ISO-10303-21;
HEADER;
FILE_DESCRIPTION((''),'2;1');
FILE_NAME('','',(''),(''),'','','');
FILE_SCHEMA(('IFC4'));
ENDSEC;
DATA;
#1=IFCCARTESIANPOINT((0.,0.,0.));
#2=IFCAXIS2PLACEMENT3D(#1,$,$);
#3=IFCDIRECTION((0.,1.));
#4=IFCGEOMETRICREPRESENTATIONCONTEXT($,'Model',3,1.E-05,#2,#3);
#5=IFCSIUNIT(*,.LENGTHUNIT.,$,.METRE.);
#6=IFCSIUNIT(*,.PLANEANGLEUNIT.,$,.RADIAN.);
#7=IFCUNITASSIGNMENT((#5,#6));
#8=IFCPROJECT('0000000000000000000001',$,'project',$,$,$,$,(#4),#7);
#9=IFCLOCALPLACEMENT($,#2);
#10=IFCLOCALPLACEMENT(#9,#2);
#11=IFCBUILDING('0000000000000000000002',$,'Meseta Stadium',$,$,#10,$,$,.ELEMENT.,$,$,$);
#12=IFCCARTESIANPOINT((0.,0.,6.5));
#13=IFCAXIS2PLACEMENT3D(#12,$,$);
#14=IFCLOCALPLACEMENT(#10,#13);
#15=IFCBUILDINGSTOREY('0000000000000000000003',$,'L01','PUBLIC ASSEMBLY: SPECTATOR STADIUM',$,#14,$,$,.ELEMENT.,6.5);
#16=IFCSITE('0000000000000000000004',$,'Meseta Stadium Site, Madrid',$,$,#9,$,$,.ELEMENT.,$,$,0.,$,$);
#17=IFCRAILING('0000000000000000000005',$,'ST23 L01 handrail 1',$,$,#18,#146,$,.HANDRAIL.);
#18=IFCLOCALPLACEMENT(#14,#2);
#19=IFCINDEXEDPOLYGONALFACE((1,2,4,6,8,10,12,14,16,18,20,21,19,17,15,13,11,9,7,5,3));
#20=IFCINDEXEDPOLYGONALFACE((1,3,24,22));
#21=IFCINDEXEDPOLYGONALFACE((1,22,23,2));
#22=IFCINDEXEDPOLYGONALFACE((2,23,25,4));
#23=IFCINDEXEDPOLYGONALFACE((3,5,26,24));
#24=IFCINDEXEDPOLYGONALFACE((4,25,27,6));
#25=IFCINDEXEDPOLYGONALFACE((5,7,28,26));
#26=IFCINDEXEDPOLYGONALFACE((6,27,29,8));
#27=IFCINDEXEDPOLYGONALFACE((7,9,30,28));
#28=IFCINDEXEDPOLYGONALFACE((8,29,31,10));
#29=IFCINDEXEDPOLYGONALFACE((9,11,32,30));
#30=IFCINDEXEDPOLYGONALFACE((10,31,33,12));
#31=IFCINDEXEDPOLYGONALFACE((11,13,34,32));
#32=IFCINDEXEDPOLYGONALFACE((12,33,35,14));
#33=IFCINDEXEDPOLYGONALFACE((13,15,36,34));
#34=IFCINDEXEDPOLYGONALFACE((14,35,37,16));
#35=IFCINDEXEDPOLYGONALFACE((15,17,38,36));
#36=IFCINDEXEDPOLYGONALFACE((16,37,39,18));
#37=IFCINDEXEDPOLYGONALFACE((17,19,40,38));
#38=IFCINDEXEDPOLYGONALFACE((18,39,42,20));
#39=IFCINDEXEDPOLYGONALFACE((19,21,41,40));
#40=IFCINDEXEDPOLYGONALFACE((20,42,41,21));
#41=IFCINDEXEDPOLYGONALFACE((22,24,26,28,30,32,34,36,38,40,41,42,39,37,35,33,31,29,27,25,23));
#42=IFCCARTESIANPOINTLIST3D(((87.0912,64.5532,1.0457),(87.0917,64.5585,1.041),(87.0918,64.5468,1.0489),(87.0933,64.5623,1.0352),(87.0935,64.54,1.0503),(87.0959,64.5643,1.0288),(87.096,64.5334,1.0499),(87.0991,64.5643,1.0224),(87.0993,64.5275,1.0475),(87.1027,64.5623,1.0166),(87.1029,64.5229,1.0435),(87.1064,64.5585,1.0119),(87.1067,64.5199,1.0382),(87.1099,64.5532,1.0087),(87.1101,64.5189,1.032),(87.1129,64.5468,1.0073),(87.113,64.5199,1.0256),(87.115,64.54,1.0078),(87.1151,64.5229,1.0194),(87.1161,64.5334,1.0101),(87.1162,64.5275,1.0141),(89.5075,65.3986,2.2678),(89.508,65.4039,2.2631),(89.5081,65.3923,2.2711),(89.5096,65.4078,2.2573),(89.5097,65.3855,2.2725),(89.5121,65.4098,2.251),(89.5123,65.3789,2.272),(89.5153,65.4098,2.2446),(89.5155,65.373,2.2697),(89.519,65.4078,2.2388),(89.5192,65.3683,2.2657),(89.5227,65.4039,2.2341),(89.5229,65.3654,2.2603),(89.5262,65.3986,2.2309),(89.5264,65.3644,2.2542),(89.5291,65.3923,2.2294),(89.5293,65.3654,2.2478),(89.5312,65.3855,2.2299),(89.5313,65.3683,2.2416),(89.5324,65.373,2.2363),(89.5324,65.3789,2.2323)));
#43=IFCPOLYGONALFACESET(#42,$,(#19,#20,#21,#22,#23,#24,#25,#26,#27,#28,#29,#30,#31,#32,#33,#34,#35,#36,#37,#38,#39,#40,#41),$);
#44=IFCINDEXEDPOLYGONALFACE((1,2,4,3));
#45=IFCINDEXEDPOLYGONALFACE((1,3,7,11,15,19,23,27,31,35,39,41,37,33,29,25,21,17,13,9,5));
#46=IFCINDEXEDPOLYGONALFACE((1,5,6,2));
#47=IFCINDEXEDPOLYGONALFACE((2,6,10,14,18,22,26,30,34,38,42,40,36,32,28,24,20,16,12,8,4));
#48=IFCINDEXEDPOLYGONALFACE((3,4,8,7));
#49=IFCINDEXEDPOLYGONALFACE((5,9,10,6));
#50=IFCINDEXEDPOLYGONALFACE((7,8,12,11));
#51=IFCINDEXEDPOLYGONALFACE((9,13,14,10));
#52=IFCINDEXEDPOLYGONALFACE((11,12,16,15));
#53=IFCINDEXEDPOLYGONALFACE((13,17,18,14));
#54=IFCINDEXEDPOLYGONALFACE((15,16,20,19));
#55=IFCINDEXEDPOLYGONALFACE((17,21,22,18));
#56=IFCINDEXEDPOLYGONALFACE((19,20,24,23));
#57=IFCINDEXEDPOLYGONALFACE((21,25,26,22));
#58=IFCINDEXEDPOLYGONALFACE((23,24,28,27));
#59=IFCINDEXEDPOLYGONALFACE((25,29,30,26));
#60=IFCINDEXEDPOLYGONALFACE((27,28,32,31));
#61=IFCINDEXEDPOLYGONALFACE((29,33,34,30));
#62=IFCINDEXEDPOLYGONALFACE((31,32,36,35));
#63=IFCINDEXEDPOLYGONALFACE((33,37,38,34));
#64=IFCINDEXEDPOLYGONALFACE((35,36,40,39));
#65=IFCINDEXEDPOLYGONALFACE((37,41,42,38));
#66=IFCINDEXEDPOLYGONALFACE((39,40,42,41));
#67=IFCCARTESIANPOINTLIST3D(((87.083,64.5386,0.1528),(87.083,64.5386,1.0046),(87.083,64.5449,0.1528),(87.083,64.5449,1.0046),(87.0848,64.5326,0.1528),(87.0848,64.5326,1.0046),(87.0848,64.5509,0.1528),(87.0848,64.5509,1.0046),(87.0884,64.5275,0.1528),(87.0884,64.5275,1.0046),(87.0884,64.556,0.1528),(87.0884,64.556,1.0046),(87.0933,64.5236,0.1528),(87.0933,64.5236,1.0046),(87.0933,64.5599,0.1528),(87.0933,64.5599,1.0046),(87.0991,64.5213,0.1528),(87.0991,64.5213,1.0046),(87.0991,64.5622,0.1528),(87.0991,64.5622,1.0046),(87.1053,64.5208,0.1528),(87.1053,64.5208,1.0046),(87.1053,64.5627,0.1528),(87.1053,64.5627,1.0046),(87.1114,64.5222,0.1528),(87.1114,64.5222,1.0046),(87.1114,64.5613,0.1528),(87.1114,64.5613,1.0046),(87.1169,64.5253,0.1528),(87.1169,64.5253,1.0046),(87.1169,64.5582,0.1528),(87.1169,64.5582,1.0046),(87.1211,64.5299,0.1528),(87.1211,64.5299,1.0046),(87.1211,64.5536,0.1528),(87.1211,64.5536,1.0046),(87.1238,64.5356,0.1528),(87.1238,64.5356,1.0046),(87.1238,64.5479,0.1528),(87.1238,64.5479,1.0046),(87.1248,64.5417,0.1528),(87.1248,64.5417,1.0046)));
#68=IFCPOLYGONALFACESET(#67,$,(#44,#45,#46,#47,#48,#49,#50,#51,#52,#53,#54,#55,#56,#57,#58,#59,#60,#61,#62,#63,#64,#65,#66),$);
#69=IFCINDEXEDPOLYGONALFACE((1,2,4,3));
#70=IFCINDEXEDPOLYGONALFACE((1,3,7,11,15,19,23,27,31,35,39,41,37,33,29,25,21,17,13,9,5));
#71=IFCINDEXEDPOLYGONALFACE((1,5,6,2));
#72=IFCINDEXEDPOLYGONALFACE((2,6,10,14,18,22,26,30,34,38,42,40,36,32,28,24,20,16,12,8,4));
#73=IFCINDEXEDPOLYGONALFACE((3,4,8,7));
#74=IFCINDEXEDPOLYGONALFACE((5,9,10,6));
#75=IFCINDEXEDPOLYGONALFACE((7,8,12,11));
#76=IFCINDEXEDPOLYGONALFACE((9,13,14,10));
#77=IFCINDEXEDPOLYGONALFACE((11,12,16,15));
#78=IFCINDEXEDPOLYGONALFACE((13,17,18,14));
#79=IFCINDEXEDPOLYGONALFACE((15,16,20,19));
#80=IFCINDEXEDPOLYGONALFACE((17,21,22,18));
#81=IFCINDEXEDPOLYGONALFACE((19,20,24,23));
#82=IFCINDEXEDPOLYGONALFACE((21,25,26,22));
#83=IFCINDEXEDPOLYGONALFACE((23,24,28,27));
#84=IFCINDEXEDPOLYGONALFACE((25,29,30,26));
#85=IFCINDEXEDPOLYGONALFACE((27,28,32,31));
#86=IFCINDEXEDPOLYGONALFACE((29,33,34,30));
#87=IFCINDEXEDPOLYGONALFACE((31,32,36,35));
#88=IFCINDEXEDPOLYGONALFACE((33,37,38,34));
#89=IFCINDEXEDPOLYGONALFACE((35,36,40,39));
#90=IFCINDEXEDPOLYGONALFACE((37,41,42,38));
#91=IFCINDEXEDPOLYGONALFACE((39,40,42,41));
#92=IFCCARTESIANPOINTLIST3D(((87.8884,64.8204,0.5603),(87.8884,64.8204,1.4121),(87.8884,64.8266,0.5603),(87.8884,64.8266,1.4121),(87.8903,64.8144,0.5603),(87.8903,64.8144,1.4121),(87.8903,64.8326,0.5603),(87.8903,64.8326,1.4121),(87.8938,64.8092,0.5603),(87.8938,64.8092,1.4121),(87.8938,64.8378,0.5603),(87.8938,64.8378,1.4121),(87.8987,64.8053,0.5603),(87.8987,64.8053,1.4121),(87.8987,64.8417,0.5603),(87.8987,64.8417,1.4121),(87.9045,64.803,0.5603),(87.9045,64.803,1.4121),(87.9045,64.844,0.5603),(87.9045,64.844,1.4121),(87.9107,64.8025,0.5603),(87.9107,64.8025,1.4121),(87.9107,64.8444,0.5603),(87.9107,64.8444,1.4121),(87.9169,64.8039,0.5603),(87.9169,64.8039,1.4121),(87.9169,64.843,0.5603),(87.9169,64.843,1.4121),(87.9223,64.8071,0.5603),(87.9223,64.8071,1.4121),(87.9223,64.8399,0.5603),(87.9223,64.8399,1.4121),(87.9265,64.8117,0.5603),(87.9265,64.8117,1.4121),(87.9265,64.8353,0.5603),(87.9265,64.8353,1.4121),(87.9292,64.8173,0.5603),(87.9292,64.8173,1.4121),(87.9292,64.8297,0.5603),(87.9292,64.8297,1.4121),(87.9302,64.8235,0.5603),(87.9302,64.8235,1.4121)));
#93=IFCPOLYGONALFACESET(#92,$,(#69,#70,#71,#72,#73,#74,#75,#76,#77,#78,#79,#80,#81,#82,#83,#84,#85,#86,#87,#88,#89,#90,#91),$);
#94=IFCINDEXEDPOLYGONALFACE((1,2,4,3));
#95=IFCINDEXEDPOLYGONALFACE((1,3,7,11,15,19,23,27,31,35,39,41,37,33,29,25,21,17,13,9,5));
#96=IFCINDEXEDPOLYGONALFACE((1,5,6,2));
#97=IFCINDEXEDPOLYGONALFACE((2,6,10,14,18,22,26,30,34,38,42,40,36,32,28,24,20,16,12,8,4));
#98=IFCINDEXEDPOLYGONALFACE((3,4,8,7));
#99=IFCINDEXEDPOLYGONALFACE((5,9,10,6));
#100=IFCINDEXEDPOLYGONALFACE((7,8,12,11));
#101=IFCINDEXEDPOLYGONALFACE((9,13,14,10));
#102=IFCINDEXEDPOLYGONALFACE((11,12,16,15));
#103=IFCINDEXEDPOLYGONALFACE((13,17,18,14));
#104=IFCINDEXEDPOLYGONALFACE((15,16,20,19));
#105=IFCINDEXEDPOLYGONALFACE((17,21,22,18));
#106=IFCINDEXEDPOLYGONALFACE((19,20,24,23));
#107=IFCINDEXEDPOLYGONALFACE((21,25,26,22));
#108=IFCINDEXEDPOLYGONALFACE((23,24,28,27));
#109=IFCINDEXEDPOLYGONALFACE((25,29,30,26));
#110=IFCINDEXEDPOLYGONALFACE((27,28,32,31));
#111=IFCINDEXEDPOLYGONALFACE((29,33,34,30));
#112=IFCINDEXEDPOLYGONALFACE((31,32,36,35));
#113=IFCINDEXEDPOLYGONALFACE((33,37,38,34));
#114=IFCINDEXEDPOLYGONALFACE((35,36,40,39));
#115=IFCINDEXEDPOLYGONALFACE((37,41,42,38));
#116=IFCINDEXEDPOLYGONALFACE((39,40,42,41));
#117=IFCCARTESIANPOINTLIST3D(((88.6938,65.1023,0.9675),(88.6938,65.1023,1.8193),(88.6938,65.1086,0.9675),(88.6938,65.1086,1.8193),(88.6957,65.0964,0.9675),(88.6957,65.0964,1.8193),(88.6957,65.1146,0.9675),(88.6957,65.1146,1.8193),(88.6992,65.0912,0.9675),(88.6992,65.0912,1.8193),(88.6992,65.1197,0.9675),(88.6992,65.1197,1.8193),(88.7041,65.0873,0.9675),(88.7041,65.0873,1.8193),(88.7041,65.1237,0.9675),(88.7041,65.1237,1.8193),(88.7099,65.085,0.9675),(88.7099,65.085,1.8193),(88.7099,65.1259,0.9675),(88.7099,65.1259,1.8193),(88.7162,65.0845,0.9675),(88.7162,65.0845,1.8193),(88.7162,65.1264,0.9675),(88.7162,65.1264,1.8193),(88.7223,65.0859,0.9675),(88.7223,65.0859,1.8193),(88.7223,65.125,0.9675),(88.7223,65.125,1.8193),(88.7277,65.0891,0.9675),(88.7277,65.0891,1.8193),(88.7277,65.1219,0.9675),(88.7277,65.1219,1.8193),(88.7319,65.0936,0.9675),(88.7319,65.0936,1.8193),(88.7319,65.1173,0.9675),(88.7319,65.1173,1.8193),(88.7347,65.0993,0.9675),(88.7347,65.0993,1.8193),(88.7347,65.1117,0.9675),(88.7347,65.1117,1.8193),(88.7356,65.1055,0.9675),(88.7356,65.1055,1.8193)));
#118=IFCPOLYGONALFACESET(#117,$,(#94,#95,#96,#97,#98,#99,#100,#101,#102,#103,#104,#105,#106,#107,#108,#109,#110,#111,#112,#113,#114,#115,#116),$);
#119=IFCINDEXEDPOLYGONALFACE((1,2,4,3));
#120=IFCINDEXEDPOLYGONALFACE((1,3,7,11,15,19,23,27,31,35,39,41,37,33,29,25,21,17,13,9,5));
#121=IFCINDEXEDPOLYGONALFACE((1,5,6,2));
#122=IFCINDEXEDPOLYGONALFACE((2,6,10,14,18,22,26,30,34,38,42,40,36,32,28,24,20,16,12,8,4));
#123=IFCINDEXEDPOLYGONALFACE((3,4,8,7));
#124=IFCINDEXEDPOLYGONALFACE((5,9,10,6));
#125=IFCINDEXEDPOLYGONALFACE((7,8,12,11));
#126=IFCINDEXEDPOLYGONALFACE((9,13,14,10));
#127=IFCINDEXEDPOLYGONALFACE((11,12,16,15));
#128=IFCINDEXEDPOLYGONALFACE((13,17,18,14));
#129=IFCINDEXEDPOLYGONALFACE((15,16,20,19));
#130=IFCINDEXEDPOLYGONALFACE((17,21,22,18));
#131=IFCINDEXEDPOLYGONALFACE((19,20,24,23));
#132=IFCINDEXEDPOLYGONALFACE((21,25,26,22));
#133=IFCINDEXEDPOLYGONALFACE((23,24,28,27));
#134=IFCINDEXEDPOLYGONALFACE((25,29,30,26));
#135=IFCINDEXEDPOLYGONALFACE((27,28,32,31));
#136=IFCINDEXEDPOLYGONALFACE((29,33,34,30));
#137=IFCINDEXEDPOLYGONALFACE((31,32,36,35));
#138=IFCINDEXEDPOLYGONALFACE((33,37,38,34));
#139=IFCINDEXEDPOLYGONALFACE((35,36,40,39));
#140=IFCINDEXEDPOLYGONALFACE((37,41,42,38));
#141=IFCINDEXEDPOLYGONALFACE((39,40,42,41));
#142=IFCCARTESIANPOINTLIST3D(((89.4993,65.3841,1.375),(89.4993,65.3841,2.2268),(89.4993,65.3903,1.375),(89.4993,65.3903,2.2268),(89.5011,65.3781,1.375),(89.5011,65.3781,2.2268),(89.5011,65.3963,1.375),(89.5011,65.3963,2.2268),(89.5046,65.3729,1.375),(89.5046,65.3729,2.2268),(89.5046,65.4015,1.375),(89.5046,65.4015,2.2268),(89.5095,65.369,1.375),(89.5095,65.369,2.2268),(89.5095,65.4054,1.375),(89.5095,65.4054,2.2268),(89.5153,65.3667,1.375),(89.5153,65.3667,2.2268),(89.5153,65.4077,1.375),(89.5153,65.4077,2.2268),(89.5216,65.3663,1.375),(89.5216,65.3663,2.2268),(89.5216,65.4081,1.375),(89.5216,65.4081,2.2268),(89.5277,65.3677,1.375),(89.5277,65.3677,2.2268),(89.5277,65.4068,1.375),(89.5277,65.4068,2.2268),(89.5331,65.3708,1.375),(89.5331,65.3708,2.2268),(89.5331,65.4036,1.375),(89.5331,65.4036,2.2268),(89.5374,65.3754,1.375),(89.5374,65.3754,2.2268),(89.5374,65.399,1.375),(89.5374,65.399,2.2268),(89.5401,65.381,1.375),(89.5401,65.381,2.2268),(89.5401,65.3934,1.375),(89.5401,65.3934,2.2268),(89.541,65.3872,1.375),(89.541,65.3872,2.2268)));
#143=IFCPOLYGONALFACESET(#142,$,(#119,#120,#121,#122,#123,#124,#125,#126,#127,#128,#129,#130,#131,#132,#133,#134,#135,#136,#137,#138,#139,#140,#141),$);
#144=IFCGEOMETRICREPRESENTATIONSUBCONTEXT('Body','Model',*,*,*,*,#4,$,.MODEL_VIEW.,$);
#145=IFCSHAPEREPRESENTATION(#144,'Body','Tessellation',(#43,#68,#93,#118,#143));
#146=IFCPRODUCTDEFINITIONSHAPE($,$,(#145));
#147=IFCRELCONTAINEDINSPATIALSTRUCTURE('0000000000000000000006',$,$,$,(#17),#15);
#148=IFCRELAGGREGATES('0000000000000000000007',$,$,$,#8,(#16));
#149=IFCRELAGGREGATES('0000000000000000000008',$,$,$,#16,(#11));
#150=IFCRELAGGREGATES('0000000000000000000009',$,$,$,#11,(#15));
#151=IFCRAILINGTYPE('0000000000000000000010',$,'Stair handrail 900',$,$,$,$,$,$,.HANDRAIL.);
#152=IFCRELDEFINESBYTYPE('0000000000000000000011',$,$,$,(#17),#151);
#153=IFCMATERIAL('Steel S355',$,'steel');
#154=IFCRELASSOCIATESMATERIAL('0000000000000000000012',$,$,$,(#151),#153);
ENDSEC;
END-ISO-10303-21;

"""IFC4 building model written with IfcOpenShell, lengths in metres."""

from ifc_helpers import new_model, si_unit, direction, frame, origin, origin_2d, place, context, subcontext, project, spatial, circle, extrude, material, type_object, element, save


model = new_model("IFC4")

# Units and contexts
model_context = context("Model", 3, precision=1e-05, world=origin(), true_north=direction((0.0, 1.0)))
body_context = subcontext(model_context, "Body", "Model", "MODEL_VIEW")
ifc_project = project(units=[si_unit("LENGTHUNIT", "METRE"), si_unit("PLANEANGLEUNIT", "RADIAN")], contexts=[model_context])

# Site, building, storey
site_placement = place(None, origin())
site = spatial("IfcSite", under=ifc_project, at=site_placement, Name="Meseta Stadium Site, Madrid", CompositionType="ELEMENT", RefElevation=0.0)
building_placement = place(site_placement, origin())
building = spatial("IfcBuilding", under=site, at=building_placement, Name="Meseta Stadium", CompositionType="ELEMENT")
storey_placement = place(building_placement, frame((0.0, 0.0, 6.5)))
storey = spatial("IfcBuildingStorey", under=building, at=storey_placement, Name="L01", Description="PUBLIC ASSEMBLY: SPECTATOR STADIUM", CompositionType="ELEMENT", Elevation=6.5)

# Railing
ifc_material_1 = material(Name="Steel S355", Category="steel")
railing_type_1 = type_object("IfcRailingType", Name="Stair handrail 900", PredefinedType="HANDRAIL", material=ifc_material_1)
for number, where, name in (
    (1, (87.1038, 64.5417, 0.1528), "ST23 L01 handrail 1"),
):
    element("IfcRailing", number, at=place(storey_placement, frame(where)), inside=storey, type_object=railing_type_1, Name=name, PredefinedType="HANDRAIL", context=body_context, shape_type="SweptSolid", body=[
        extrude(circle(Radius=0.0239, at=origin_2d()), frame((0.0, 0.0, 0.876), z_axis=(0.851789, 0.298044, 0.430843), x_axis=(-0.33027, 0.943887, 0.0)), (0.0, 0.0, 1.0), 2.8367),
        extrude(circle(Radius=0.021, at=origin_2d()), origin(), (0.0, 0.0, 1.0), 0.8518),
        extrude(circle(Radius=0.021, at=origin_2d()), frame((0.8054, 0.2817, 0.4075)), (0.0, 0.0, 1.0), 0.8518),
        extrude(circle(Radius=0.021, at=origin_2d()), frame((1.6108, 0.5637, 0.8147)), (0.0, 0.0, 1.0), 0.8518),
        extrude(circle(Radius=0.021, at=origin_2d()), frame((2.4163, 0.8455, 1.2222)), (0.0, 0.0, 1.0), 0.8518),
    ])

save(model, "model.ifc")
